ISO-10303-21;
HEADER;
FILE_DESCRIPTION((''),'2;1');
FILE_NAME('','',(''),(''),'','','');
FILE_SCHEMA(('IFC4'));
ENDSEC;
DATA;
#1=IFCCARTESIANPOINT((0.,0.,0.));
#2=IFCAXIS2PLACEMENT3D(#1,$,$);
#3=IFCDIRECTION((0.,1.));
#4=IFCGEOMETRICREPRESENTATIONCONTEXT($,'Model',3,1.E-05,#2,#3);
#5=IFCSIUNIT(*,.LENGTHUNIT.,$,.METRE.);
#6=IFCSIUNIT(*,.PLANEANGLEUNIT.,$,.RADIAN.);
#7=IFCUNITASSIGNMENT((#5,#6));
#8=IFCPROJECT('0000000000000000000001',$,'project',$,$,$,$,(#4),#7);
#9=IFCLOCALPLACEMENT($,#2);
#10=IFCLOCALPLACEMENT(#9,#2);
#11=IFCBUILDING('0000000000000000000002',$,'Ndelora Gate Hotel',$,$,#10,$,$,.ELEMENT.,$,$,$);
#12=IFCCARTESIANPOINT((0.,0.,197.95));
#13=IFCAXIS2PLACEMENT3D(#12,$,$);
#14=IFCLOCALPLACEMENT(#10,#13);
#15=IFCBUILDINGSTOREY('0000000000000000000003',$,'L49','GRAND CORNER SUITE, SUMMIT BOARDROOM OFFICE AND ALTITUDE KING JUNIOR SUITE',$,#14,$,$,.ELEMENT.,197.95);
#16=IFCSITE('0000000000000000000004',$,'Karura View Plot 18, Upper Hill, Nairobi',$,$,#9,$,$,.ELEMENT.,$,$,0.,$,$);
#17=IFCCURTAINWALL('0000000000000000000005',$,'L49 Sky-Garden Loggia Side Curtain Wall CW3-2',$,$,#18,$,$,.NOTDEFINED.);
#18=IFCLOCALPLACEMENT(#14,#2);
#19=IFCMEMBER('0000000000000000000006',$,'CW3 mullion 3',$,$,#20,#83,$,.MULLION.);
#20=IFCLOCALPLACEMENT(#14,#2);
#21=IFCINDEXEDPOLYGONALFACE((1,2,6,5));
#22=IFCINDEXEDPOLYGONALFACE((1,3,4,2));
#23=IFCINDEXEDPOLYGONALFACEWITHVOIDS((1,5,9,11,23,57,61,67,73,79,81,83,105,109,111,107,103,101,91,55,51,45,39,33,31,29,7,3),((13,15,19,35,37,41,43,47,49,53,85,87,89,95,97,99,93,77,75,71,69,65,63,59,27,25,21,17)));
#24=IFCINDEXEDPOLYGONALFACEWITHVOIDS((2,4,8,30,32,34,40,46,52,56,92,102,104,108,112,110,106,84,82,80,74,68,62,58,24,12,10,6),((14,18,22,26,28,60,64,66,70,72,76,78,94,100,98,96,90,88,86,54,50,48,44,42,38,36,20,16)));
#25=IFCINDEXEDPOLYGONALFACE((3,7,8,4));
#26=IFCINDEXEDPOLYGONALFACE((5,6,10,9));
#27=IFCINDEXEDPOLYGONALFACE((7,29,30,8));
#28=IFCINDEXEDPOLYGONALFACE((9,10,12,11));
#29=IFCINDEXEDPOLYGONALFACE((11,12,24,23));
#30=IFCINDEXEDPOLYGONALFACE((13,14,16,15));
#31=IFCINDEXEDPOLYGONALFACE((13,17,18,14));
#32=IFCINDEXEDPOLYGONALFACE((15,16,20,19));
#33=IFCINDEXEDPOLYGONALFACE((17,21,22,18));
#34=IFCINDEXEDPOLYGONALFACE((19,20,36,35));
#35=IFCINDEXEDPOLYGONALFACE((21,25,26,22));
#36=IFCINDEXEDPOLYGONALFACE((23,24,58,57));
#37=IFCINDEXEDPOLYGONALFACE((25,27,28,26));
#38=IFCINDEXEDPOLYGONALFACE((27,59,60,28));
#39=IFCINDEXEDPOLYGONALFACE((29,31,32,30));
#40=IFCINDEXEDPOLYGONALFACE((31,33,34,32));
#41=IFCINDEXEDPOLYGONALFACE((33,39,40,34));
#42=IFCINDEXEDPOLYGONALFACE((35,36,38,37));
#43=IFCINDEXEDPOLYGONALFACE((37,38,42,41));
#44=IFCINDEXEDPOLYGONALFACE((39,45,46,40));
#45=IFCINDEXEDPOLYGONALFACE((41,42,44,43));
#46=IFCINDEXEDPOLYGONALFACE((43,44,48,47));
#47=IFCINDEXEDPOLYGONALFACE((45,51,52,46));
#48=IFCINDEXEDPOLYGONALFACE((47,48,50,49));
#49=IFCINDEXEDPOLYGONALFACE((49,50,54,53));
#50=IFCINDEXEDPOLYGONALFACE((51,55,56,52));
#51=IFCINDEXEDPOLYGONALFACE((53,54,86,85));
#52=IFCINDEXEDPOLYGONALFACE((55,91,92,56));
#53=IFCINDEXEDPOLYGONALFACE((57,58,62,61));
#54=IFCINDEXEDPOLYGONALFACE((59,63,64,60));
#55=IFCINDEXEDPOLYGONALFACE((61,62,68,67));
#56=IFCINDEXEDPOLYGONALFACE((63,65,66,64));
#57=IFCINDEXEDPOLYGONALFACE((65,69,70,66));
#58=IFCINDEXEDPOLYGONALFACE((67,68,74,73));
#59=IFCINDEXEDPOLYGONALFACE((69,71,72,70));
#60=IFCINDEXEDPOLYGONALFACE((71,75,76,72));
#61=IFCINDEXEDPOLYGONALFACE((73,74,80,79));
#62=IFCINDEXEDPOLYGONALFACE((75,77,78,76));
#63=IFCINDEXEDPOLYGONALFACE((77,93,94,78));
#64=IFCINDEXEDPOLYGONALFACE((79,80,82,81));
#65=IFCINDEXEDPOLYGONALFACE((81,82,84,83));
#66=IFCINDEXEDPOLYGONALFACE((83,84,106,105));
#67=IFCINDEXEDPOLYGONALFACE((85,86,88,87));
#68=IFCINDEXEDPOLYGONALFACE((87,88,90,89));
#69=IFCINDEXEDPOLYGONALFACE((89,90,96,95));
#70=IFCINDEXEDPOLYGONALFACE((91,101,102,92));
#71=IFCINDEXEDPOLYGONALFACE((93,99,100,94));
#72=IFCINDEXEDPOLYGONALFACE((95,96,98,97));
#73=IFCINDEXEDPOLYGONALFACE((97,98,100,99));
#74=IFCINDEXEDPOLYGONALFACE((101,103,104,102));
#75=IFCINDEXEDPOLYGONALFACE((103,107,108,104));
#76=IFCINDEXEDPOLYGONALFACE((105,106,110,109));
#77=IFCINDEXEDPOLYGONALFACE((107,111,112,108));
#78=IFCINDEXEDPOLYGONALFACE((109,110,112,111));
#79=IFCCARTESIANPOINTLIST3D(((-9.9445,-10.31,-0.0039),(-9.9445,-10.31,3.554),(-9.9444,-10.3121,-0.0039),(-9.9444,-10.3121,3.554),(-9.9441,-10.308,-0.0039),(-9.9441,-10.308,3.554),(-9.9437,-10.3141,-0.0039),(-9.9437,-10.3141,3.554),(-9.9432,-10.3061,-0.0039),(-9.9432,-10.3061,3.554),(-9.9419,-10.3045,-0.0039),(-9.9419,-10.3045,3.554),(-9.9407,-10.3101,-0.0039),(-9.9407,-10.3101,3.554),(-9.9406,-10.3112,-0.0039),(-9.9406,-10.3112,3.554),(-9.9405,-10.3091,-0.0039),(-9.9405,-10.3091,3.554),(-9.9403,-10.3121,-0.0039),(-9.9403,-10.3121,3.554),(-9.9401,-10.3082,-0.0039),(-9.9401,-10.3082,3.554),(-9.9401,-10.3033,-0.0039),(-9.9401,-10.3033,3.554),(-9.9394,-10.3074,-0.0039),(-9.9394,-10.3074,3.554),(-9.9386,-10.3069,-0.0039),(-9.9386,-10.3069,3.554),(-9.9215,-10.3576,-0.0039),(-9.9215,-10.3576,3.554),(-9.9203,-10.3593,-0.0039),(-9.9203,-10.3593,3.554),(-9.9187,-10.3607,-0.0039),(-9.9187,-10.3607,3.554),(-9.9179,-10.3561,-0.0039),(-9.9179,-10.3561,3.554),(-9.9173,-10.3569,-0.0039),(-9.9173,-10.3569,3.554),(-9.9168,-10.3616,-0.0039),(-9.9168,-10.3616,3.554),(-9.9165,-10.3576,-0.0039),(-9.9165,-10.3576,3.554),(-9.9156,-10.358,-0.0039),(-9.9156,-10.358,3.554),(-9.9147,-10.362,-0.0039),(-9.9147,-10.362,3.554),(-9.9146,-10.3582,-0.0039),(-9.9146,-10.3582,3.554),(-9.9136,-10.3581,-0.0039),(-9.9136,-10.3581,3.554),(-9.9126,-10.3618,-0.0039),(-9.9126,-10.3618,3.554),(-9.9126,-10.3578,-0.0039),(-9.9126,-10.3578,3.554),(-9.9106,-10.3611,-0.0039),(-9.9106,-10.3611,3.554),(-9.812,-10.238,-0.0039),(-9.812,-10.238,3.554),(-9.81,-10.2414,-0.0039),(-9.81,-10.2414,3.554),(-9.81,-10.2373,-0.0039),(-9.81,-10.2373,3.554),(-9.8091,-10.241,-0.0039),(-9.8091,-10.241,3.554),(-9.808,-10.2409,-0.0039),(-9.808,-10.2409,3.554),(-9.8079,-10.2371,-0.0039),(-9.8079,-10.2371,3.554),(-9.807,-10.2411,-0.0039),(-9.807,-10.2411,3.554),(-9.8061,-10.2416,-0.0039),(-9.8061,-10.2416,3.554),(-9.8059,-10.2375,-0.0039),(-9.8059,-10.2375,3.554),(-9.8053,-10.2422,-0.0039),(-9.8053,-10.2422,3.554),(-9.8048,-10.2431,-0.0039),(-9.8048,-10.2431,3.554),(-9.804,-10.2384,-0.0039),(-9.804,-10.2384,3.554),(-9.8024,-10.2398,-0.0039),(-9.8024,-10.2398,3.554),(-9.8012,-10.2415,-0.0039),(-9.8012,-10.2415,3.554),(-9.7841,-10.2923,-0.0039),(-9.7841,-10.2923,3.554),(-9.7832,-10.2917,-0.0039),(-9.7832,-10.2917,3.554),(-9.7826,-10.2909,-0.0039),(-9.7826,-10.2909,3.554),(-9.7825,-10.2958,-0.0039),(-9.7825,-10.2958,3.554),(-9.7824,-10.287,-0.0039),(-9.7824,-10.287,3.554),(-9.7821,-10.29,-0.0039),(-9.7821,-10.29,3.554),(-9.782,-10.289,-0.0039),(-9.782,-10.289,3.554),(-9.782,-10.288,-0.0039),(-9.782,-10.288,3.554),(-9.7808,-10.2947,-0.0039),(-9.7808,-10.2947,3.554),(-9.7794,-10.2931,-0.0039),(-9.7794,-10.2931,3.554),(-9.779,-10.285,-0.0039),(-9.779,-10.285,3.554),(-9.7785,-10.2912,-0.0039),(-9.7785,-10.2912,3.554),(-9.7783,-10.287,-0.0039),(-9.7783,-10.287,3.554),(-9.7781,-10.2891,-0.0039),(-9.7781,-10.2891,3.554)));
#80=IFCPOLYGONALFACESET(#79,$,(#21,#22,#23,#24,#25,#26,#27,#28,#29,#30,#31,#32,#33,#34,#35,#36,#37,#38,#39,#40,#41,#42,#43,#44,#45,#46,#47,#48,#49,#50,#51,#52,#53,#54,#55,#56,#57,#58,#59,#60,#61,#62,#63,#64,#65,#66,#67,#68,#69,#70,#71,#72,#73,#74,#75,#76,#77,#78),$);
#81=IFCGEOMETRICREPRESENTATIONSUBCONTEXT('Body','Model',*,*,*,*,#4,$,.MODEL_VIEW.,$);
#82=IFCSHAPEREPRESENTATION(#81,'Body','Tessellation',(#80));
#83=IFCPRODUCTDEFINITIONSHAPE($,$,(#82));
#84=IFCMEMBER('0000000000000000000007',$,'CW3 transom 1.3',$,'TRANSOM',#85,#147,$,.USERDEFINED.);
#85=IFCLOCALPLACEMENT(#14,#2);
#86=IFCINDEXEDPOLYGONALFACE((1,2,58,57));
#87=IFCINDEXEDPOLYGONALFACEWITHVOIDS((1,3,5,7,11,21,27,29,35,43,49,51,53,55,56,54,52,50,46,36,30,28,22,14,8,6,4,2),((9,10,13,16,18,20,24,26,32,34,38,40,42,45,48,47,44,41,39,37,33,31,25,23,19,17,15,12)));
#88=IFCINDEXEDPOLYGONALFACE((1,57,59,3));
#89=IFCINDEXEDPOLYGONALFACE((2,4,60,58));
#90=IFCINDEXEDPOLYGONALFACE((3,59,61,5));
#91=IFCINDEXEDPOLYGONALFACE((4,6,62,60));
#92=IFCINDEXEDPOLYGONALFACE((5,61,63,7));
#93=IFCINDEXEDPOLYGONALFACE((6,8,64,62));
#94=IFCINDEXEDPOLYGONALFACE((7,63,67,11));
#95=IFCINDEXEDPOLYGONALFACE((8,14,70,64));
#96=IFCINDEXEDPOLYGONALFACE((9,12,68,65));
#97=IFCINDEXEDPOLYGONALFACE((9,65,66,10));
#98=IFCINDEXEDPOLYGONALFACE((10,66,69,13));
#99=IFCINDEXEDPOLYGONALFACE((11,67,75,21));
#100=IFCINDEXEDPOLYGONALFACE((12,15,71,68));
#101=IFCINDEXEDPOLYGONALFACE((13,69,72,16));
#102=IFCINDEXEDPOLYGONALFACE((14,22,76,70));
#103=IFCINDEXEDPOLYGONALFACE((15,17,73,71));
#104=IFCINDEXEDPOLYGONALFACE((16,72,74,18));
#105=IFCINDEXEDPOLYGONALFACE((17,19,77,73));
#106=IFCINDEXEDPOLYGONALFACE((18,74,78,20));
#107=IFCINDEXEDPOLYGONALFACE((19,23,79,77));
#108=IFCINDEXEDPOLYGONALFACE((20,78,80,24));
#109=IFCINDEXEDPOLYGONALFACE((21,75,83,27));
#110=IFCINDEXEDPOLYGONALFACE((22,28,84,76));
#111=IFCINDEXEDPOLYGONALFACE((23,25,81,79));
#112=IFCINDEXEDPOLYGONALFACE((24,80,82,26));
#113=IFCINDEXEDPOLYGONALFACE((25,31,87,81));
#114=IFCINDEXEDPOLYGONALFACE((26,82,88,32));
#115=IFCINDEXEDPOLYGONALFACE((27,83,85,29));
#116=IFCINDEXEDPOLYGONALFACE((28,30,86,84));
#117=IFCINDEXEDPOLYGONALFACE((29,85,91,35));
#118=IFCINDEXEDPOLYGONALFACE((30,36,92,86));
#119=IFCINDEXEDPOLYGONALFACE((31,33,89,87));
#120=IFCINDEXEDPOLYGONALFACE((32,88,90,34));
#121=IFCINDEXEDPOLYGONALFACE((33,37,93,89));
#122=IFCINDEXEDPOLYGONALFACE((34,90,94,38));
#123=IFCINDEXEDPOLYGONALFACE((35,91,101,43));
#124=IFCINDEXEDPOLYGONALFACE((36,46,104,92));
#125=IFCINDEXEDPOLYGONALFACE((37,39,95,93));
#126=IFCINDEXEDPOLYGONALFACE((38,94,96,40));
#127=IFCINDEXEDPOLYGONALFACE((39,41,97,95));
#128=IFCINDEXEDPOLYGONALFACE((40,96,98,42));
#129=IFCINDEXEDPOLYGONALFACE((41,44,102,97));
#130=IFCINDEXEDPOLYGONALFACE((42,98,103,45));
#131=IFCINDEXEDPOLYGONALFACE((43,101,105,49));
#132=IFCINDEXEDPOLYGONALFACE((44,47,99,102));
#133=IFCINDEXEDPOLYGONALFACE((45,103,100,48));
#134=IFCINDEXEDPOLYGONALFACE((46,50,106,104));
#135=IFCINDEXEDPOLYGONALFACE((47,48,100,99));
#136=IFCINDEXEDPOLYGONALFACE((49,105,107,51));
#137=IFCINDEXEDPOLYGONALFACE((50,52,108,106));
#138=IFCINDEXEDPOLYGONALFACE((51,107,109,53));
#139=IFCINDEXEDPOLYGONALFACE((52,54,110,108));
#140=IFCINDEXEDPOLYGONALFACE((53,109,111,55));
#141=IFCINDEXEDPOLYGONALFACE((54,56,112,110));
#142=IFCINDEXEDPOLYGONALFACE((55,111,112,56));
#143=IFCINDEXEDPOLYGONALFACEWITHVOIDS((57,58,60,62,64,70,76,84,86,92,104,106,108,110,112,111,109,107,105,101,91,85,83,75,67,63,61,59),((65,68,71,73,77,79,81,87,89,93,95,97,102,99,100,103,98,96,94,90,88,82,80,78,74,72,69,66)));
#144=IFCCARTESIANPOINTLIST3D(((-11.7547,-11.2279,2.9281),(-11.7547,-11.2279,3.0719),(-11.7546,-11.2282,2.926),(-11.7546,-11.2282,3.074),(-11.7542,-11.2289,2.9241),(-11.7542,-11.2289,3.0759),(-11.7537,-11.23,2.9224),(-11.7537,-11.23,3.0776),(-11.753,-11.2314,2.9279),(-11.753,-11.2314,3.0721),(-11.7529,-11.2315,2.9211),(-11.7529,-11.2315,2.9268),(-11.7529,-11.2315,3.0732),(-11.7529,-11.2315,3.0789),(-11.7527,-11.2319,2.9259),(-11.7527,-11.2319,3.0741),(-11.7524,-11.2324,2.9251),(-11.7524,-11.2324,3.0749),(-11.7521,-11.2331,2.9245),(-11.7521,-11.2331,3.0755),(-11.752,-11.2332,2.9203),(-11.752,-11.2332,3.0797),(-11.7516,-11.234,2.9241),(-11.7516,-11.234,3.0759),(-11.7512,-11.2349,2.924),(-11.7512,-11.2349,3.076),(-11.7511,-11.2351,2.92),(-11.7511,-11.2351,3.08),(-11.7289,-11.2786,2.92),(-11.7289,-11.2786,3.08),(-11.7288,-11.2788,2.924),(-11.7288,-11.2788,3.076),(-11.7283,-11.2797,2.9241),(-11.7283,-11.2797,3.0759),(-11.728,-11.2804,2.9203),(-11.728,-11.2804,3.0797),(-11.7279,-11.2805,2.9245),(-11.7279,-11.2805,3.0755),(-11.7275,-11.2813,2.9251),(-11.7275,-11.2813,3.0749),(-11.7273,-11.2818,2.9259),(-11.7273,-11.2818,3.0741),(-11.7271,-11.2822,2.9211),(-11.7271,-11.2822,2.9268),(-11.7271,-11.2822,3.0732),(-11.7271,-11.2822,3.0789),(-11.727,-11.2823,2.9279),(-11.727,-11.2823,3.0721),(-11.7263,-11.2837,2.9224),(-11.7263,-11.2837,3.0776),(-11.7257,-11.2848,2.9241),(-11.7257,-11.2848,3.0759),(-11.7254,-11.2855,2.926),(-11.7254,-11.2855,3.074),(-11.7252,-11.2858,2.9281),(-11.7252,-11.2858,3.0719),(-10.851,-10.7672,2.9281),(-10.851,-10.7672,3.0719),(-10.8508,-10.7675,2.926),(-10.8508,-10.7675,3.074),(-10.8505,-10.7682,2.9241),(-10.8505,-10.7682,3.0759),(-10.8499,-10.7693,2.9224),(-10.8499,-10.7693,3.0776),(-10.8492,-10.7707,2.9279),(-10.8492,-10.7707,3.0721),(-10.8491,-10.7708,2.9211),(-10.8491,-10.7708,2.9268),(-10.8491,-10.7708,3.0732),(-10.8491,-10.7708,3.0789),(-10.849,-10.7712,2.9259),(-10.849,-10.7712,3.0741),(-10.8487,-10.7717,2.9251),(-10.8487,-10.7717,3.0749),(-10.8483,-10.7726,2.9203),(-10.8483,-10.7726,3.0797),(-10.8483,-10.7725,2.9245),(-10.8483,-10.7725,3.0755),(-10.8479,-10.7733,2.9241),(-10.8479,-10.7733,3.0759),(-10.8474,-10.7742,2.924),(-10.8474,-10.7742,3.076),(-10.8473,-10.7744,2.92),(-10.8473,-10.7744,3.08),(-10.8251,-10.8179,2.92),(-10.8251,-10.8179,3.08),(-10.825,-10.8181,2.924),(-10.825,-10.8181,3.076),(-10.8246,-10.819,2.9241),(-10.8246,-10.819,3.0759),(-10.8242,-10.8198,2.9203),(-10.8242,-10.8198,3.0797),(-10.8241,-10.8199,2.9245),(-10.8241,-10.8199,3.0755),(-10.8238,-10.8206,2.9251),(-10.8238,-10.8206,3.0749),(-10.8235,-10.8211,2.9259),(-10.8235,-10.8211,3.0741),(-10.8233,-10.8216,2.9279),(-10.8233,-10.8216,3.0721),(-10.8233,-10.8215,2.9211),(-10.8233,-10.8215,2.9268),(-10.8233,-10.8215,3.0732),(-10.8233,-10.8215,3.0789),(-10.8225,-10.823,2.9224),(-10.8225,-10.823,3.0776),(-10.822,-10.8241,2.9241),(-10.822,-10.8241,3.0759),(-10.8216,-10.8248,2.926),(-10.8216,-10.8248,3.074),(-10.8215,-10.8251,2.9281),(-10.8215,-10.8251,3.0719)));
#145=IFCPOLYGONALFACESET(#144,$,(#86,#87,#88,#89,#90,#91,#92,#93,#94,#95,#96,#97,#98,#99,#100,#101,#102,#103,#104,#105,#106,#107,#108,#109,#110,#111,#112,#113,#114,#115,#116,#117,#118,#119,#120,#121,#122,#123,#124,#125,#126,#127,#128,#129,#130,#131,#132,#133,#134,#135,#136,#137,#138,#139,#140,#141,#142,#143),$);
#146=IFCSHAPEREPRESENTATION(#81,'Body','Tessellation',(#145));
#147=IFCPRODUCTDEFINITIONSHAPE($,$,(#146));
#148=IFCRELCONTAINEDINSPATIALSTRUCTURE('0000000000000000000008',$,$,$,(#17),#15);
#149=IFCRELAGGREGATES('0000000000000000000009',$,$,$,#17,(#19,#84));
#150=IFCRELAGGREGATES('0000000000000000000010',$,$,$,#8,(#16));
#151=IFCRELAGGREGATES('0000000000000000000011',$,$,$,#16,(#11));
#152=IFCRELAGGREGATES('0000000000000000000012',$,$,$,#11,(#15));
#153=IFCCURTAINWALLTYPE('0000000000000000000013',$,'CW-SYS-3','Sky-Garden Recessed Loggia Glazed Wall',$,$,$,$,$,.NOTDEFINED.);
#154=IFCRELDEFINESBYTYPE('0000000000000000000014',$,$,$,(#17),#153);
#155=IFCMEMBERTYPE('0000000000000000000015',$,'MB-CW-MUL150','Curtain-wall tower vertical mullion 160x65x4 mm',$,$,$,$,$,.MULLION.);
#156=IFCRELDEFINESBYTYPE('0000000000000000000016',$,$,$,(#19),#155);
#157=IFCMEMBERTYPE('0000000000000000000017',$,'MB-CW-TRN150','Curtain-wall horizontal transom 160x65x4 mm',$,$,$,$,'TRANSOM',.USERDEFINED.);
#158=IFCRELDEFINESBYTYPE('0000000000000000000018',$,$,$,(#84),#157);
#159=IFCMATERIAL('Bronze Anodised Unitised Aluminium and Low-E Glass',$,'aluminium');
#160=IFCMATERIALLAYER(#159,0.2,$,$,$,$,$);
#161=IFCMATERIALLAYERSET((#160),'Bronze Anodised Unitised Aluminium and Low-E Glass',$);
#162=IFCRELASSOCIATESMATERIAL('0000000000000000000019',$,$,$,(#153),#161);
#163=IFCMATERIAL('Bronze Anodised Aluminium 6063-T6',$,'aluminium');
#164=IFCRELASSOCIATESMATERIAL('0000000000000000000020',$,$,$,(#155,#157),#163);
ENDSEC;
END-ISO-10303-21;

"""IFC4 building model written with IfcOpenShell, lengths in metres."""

from ifc_helpers import new_model, si_unit, direction, frame, origin, origin_2d, place, context, subcontext, project, spatial, hollow_rectangle, extrude, material, layer, layer_set, material_profile, profile_set, type_object, element, aggregate, save


model = new_model("IFC4")

# Units and contexts
model_context = context("Model", 3, precision=1e-05, world=origin(), true_north=direction((0.0, 1.0)))
body_context = subcontext(model_context, "Body", "Model", "MODEL_VIEW")
ifc_project = project(units=[si_unit("LENGTHUNIT", "METRE"), si_unit("PLANEANGLEUNIT", "RADIAN")], contexts=[model_context])

# Site, building, storey
site_placement = place(None, origin())
site = spatial("IfcSite", under=ifc_project, at=site_placement, Name="Karura View Plot 18, Upper Hill, Nairobi", CompositionType="ELEMENT", RefElevation=0.0)
building_placement = place(site_placement, origin())
building = spatial("IfcBuilding", under=site, at=building_placement, Name="Ndelora Gate Hotel", CompositionType="ELEMENT")
storey_placement = place(building_placement, frame((0.0, 0.0, 197.95)))
storey = spatial("IfcBuildingStorey", under=building, at=storey_placement, Name="L49", Description="GRAND CORNER SUITE, SUMMIT BOARDROOM OFFICE AND ALTITUDE KING JUNIOR SUITE", CompositionType="ELEMENT", Elevation=197.95)

# Curtain wall, members
ifc_material_1 = material(Name="Bronze Anodised Unitised Aluminium and Low-E Glass", Category="aluminium")
ifc_layer_1 = layer(ifc_material_1, 0.2)
ifc_layer_set_1 = layer_set([ifc_layer_1], Name="Bronze Anodised Unitised Aluminium and Low-E Glass")
curtain_wall_type = type_object("IfcCurtainWallType", Name="CW-SYS-3", Description="Sky-Garden Recessed Loggia Glazed Wall", PredefinedType="NOTDEFINED", material=ifc_layer_set_1)
curtain_wall_placement = place(storey_placement, origin())
curtain_wall = element("IfcCurtainWall", 1, at=curtain_wall_placement, inside=storey, type_object=curtain_wall_type, Name="L49 Sky-Garden Loggia Side Curtain Wall CW3-2", PredefinedType="NOTDEFINED")
ifc_material_2 = material(Name="Bronze Anodised Aluminium 6063-T6", Category="aluminium")
ifc_material_profile_1 = material_profile(ifc_material_2, hollow_rectangle(XDim=0.0649, YDim=0.1599, WallThickness=0.0039, InnerFilletRadius=0.0039, OuterFilletRadius=0.0081, at=origin_2d()), Name="ALU 160x65x4")
ifc_profile_set_1 = profile_set([ifc_material_profile_1], Name="Bronze Anodised Aluminium 6063-T6")
member_type_1 = type_object("IfcMemberType", Name="MB-CW-MUL150", Description="Curtain-wall tower vertical mullion 160x65x4 mm", PredefinedType="MULLION", material=ifc_profile_set_1)
member_1_placement = place(storey_placement, frame((-9.8613, -10.2996, -0.0039), z_axis=(0.0, 0.0, 1.0), x_axis=(-0.454001, 0.891001, 0.0)))
member_1 = element("IfcMember", 2, at=member_1_placement, type_object=member_type_1, Name="CW3 mullion 3", PredefinedType="MULLION", context=body_context, shape_type="SweptSolid", body=[
    extrude(hollow_rectangle(XDim=0.0649, YDim=0.1599, WallThickness=0.0039, InnerFilletRadius=0.0039, OuterFilletRadius=0.0081, at=origin_2d()), origin(), (0.0, 0.0, 1.0), 3.5579),
])
ifc_material_profile_2 = material_profile(ifc_material_2, hollow_rectangle(XDim=0.0649, YDim=0.1599, WallThickness=0.0039, InnerFilletRadius=0.0039, OuterFilletRadius=0.0081, at=origin_2d()), Name="ALU 160x65x4")
ifc_profile_set_2 = profile_set([ifc_material_profile_2], Name="Bronze Anodised Aluminium 6063-T6")
member_type_2 = type_object("IfcMemberType", Name="MB-CW-TRN150", Description="Curtain-wall horizontal transom 160x65x4 mm", ElementType="TRANSOM", PredefinedType="USERDEFINED", material=ifc_profile_set_2)
member_2_placement = place(storey_placement, frame((-11.74, -11.2568, 3.0), z_axis=(0.890935, 0.454131, 0.0), x_axis=(-0.454131, 0.890935, 0.0)))
member_2 = element("IfcMember", 3, at=member_2_placement, type_object=member_type_2, Name="CW3 transom 1.3", ObjectType="TRANSOM", PredefinedType="USERDEFINED", context=body_context, shape_type="SweptSolid", body=[
    extrude(hollow_rectangle(XDim=0.0649, YDim=0.1599, WallThickness=0.0039, InnerFilletRadius=0.0039, OuterFilletRadius=0.0081, at=origin_2d()), origin(), (0.0, 0.0, 1.0), 1.0144),
])
aggregate(curtain_wall, [member_1, member_2])

save(model, "model.ifc")
